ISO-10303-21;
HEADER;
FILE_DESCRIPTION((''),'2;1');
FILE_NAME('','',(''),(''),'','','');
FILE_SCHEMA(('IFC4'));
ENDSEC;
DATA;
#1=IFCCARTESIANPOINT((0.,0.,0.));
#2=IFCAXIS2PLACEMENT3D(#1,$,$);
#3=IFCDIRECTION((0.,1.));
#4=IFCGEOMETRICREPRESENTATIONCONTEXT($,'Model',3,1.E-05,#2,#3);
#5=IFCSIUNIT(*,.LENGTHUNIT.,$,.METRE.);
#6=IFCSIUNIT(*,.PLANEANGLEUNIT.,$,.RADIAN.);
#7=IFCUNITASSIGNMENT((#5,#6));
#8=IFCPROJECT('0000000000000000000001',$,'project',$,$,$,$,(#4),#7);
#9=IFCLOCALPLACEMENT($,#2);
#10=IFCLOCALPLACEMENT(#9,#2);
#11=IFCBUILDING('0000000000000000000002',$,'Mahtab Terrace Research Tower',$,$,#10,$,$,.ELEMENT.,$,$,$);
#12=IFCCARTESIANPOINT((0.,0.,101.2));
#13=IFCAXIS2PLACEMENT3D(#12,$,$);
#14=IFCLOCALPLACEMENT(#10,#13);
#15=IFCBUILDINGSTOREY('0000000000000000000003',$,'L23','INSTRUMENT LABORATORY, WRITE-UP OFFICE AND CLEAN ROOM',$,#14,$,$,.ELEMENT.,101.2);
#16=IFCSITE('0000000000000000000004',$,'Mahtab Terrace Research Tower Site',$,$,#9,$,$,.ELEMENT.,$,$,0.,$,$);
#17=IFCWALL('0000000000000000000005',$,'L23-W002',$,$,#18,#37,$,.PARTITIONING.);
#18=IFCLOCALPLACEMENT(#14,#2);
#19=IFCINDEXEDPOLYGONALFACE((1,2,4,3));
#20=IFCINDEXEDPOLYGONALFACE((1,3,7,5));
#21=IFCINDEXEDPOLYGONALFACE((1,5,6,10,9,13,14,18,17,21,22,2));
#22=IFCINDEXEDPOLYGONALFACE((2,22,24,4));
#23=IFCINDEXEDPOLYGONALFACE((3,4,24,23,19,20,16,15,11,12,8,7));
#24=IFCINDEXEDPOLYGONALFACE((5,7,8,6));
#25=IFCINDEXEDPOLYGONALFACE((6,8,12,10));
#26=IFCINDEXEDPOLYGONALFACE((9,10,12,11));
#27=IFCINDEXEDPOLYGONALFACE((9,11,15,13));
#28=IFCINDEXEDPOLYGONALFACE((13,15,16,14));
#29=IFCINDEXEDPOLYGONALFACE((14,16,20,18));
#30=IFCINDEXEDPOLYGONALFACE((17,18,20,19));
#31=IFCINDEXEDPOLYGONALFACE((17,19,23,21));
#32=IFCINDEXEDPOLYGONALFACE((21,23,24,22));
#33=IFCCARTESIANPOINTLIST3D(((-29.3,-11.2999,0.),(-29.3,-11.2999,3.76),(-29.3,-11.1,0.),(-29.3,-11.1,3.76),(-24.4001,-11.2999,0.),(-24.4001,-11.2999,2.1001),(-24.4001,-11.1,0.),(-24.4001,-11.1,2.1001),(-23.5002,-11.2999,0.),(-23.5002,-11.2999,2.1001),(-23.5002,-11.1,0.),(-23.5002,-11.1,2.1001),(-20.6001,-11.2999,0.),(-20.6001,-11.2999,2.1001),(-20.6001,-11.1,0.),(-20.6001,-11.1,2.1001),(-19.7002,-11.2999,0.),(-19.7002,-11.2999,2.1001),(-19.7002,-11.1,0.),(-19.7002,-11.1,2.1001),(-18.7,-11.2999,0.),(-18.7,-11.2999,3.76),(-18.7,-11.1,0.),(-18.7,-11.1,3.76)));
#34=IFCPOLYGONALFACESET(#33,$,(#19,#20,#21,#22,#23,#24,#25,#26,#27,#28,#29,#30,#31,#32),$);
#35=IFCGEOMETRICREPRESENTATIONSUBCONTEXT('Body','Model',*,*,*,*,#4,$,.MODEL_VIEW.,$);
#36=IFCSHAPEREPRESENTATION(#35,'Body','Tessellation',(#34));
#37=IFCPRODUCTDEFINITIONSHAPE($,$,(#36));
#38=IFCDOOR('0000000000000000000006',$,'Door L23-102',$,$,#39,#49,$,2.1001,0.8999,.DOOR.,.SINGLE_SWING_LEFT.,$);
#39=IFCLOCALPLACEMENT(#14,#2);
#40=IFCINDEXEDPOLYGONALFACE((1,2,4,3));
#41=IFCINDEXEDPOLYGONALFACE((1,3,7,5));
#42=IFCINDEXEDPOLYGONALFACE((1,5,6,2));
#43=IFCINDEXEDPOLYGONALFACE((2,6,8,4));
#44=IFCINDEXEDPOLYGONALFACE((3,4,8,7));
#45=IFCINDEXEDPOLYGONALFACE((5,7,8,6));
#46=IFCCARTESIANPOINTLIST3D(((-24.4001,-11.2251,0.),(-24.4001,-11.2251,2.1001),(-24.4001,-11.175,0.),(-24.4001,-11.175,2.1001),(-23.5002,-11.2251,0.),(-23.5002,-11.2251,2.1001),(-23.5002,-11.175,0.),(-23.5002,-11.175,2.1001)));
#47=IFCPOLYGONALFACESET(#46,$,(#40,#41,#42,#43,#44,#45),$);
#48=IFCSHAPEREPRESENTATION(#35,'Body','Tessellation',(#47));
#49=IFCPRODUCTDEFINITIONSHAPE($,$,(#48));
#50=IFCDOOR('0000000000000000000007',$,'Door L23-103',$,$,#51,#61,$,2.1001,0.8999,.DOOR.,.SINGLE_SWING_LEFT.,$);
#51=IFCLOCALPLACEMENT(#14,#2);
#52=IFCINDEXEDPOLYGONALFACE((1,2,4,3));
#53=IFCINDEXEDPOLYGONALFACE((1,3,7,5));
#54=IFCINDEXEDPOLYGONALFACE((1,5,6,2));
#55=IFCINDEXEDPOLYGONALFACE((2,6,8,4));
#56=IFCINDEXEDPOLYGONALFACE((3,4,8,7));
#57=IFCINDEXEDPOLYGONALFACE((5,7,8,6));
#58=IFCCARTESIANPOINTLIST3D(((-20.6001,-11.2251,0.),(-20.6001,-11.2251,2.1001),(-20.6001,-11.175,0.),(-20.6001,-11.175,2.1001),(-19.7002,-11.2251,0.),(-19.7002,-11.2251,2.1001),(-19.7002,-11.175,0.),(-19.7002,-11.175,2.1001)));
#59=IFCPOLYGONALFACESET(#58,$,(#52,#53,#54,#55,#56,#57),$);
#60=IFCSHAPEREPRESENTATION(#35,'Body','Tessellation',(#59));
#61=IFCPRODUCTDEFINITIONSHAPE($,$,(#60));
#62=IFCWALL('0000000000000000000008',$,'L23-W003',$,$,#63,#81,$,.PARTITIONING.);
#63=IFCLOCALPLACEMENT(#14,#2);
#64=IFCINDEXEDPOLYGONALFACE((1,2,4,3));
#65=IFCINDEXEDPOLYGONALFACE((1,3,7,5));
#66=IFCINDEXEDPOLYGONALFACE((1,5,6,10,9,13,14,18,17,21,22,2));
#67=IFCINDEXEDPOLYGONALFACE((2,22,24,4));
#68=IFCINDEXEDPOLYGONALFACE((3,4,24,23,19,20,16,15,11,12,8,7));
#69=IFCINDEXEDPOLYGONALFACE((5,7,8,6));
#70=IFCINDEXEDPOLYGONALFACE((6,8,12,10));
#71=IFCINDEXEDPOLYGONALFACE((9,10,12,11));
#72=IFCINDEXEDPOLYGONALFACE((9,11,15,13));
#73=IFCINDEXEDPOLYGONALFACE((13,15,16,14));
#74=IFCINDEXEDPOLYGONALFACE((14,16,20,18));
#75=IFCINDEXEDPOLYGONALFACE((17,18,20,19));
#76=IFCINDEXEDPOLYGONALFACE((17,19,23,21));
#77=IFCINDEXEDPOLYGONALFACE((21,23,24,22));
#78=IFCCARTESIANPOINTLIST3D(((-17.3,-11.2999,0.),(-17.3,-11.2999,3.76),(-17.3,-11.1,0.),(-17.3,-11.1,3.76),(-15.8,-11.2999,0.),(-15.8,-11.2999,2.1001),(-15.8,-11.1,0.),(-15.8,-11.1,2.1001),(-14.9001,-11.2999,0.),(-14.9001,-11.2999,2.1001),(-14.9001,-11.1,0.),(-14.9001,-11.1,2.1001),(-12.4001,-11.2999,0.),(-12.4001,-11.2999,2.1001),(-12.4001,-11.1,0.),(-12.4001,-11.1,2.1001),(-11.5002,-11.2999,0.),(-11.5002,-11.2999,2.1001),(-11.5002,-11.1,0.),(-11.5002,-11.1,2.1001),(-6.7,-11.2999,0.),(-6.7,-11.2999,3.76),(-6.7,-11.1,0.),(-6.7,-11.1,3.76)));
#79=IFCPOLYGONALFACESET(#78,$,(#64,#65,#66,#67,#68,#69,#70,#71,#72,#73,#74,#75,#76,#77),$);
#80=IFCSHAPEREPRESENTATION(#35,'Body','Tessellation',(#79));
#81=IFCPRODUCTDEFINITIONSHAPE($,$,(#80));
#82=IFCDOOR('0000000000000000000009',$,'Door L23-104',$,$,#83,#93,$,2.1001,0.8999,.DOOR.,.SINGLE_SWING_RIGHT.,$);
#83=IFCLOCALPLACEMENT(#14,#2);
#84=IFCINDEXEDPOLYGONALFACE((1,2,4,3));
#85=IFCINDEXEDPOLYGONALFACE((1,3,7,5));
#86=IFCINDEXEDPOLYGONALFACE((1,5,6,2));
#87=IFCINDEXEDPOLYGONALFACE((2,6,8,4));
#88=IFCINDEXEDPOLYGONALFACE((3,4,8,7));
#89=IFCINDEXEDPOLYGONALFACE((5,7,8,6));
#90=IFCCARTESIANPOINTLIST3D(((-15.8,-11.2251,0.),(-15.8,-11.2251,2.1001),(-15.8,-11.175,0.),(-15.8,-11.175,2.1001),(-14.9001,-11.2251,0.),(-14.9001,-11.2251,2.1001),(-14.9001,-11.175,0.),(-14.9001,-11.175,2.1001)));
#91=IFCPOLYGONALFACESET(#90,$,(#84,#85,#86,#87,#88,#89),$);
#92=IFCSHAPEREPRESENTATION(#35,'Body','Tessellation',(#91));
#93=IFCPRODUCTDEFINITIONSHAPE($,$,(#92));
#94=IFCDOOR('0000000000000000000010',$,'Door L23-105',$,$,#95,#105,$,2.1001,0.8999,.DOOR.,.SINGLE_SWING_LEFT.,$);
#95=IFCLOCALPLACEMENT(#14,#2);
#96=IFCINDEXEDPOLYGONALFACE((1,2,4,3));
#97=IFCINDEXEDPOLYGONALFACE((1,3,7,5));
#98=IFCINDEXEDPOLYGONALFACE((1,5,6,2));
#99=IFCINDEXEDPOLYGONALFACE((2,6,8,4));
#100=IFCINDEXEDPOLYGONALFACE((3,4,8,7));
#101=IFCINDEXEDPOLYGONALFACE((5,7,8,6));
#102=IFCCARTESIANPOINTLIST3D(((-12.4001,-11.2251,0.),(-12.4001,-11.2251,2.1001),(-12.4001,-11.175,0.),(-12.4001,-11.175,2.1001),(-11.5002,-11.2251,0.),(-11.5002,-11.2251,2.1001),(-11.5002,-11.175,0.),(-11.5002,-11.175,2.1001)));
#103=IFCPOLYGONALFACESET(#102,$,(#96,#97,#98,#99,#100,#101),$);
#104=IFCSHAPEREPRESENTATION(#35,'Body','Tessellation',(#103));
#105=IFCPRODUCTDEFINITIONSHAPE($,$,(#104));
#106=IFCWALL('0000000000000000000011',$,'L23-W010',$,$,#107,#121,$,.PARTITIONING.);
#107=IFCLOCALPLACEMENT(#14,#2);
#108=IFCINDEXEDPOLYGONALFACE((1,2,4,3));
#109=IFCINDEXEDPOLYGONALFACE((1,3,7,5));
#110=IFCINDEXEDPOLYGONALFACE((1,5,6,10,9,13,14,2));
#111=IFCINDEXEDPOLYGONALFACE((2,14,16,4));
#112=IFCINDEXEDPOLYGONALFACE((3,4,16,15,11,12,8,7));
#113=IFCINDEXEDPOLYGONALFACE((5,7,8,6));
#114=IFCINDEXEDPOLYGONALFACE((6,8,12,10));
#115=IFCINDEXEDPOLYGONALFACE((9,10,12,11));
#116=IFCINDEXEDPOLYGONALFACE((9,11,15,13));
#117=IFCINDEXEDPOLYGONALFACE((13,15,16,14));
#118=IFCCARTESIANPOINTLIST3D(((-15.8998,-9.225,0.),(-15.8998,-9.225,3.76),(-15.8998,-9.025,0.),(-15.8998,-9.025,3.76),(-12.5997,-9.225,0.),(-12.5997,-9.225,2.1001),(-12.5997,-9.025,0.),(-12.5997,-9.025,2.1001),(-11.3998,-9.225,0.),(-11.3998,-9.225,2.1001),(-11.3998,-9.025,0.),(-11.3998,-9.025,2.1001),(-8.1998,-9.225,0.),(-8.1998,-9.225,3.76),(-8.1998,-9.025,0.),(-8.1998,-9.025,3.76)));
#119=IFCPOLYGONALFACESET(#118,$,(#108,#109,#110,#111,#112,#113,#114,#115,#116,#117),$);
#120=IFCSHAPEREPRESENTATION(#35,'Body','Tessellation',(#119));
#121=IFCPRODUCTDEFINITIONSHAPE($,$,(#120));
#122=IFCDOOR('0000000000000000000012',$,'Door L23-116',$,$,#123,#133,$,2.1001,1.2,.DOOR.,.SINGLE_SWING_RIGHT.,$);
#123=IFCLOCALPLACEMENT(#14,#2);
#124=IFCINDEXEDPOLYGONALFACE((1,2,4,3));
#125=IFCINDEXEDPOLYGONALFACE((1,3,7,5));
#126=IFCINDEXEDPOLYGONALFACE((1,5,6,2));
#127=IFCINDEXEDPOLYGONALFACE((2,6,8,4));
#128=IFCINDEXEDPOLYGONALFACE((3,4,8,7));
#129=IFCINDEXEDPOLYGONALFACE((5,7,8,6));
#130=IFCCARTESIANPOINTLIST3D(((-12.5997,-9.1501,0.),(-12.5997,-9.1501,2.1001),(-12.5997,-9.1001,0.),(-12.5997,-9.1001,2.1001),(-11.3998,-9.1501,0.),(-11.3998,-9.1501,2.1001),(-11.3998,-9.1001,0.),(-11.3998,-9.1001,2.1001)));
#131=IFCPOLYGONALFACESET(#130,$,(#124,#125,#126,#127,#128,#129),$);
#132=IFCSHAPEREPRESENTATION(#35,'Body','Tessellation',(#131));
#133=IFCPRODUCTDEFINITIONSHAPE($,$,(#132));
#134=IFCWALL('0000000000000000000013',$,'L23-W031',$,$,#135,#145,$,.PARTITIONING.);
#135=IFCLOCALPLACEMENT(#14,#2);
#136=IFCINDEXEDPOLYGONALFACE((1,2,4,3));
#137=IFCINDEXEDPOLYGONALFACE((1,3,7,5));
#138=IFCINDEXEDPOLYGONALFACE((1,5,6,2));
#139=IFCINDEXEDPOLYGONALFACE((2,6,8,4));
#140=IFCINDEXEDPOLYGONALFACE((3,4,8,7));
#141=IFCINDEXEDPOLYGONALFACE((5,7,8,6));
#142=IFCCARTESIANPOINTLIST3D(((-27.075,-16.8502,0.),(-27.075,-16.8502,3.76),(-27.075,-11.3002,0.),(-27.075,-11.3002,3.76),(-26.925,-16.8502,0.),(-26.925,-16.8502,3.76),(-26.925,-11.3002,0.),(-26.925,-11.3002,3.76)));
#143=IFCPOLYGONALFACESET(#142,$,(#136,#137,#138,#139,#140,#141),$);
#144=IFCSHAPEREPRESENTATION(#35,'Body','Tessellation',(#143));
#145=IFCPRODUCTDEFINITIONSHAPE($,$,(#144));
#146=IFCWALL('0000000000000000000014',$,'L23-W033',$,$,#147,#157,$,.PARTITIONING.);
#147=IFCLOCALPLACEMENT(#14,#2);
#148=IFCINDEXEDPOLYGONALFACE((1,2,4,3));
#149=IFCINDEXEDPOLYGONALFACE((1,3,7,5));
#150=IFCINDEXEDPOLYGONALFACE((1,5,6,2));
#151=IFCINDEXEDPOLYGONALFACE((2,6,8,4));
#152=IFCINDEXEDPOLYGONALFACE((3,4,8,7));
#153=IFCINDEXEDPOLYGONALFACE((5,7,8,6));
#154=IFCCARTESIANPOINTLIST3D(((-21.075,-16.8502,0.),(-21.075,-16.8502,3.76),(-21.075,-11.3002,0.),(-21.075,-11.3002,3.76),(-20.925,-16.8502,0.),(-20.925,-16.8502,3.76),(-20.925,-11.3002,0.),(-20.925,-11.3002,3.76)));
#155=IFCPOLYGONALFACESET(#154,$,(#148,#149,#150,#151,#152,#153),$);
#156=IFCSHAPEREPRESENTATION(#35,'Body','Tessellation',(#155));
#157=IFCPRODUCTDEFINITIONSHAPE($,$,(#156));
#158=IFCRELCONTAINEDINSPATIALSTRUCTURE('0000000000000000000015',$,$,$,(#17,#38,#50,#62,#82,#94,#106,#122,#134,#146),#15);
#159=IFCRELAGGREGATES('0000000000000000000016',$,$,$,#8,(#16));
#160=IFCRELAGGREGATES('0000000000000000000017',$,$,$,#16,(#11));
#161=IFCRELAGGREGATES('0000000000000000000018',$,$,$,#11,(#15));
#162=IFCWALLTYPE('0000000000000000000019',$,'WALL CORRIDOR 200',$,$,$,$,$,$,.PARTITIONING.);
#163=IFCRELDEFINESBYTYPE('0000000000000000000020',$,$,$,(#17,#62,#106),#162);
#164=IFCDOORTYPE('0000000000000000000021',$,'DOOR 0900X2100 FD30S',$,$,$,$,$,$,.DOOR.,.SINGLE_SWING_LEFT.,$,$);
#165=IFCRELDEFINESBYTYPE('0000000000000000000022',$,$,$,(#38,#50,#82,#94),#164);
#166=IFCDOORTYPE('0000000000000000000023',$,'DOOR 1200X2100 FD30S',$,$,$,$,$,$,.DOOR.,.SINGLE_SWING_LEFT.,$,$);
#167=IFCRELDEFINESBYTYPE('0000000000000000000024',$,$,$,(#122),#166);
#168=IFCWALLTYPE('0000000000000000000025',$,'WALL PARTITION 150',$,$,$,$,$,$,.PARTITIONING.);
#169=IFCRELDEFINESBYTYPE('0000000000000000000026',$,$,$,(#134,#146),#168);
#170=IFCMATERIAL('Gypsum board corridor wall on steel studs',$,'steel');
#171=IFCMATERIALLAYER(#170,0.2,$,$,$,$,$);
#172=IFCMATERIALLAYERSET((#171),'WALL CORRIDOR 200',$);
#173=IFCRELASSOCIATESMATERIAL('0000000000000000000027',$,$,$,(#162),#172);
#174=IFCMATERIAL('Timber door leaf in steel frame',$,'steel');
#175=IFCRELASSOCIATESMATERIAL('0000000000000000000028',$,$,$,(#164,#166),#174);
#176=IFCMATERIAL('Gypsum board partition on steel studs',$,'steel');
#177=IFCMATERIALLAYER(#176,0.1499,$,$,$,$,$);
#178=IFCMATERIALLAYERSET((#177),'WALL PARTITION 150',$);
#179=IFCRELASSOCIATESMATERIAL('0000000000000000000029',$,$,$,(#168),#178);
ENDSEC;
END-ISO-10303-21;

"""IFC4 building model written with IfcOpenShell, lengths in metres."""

from ifc_helpers import new_model, si_unit, direction, frame, frame_2d, origin, place, context, subcontext, project, spatial, rectangle, extrude, material, layer, layer_set, type_object, element, fill, save


model = new_model("IFC4")

# Units and contexts
model_context = context("Model", 3, precision=1e-05, world=origin(), true_north=direction((0.0, 1.0)))
body_context = subcontext(model_context, "Body", "Model", "MODEL_VIEW")
ifc_project = project(units=[si_unit("LENGTHUNIT", "METRE"), si_unit("PLANEANGLEUNIT", "RADIAN")], contexts=[model_context])

# Site, building, storey
site_placement = place(None, origin())
site = spatial("IfcSite", under=ifc_project, at=site_placement, Name="Mahtab Terrace Research Tower Site", CompositionType="ELEMENT", RefElevation=0.0)
building_placement = place(site_placement, origin())
building = spatial("IfcBuilding", under=site, at=building_placement, Name="Mahtab Terrace Research Tower", CompositionType="ELEMENT")
storey_placement = place(building_placement, frame((0.0, 0.0, 101.2)))
storey = spatial("IfcBuildingStorey", under=building, at=storey_placement, Name="L23", Description="INSTRUMENT LABORATORY, WRITE-UP OFFICE AND CLEAN ROOM", CompositionType="ELEMENT", Elevation=101.2)

# Walls, openings, doors
ifc_material_1 = material(Name="Gypsum board corridor wall on steel studs", Category="steel")
ifc_layer_1 = layer(ifc_material_1, 0.2)
ifc_layer_set_1 = layer_set([ifc_layer_1], Name="WALL CORRIDOR 200")
wall_type_1 = type_object("IfcWallType", Name="WALL CORRIDOR 200", PredefinedType="PARTITIONING", material=ifc_layer_set_1)
wall_1_placement = place(storey_placement, frame((-29.3, -11.2, 0.0), z_axis=(0.0, 0.0, 1.0), x_axis=(1.0, 0.0, 0.0)))
wall_1 = element("IfcWall", 1, at=wall_1_placement, inside=storey, type_object=wall_type_1, Name="L23-W002", PredefinedType="PARTITIONING", context=body_context, shape_type="SweptSolid", body=[
    extrude(rectangle(XDim=10.6001, YDim=0.2, at=frame_2d((5.3, 0.0))), origin(), (0.0, 0.0, 1.0), 3.76),
])
opening_1_placement = place(wall_1_placement, frame((4.8999, 0.0, 0.0)))
opening_1 = element("IfcOpeningElement", 2, at=opening_1_placement, cuts=wall_1, PredefinedType="OPENING", context=body_context, shape_type="SweptSolid", body=[
    extrude(rectangle(XDim=0.8999, YDim=2.1001, at=frame_2d((0.45, 1.05))), frame((0.0, 0.1099, 0.0), z_axis=(0.0, -1.0, 0.0), x_axis=(1.0, 0.0, 0.0)), (0.0, 0.0, 1.0), 0.22),
])
opening_2_placement = place(wall_1_placement, frame((8.7, 0.0, 0.0)))
opening_2 = element("IfcOpeningElement", 3, at=opening_2_placement, cuts=wall_1, PredefinedType="OPENING", context=body_context, shape_type="SweptSolid", body=[
    extrude(rectangle(XDim=0.8999, YDim=2.1001, at=frame_2d((0.45, 1.05))), frame((0.0, 0.1099, 0.0), z_axis=(0.0, -1.0, 0.0), x_axis=(1.0, 0.0, 0.0)), (0.0, 0.0, 1.0), 0.22),
])
ifc_material_2 = material(Name="Timber door leaf in steel frame", Category="steel")
door_type_1 = type_object("IfcDoorType", Name="DOOR 0900X2100 FD30S", OperationType="SINGLE_SWING_LEFT", PredefinedType="DOOR", material=ifc_material_2)
door_1_placement = place(opening_1_placement, origin())
door_1 = element("IfcDoor", 4, at=door_1_placement, inside=storey, type_object=door_type_1, Name="Door L23-102", OperationType="SINGLE_SWING_LEFT", OverallHeight=2.1001, OverallWidth=0.8999, PredefinedType="DOOR", context=body_context, shape_type="SweptSolid", body=[
    extrude(rectangle(XDim=0.8999, YDim=2.1001, at=frame_2d((0.45, 1.05))), frame((0.0, 0.0249, 0.0), z_axis=(0.0, -1.0, 0.0), x_axis=(1.0, 0.0, 0.0)), (0.0, 0.0, 1.0), 0.05),
])
fill(opening_1, door_1)
door_2_placement = place(opening_2_placement, origin())
door_2 = element("IfcDoor", 5, at=door_2_placement, inside=storey, type_object=door_type_1, Name="Door L23-103", OperationType="SINGLE_SWING_LEFT", OverallHeight=2.1001, OverallWidth=0.8999, PredefinedType="DOOR", context=body_context, shape_type="SweptSolid", body=[
    extrude(rectangle(XDim=0.8999, YDim=2.1001, at=frame_2d((0.45, 1.05))), frame((0.0, 0.0249, 0.0), z_axis=(0.0, -1.0, 0.0), x_axis=(1.0, 0.0, 0.0)), (0.0, 0.0, 1.0), 0.05),
])
fill(opening_2, door_2)
wall_2_placement = place(storey_placement, frame((-17.3, -11.2, 0.0), z_axis=(0.0, 0.0, 1.0), x_axis=(1.0, 0.0, 0.0)))
wall_2 = element("IfcWall", 6, at=wall_2_placement, inside=storey, type_object=wall_type_1, Name="L23-W003", PredefinedType="PARTITIONING", context=body_context, shape_type="SweptSolid", body=[
    extrude(rectangle(XDim=10.6001, YDim=0.2, at=frame_2d((5.3, 0.0))), origin(), (0.0, 0.0, 1.0), 3.76),
])
opening_3_placement = place(wall_2_placement, frame((1.5, 0.0, 0.0)))
opening_3 = element("IfcOpeningElement", 7, at=opening_3_placement, cuts=wall_2, PredefinedType="OPENING", context=body_context, shape_type="SweptSolid", body=[
    extrude(rectangle(XDim=0.8999, YDim=2.1001, at=frame_2d((0.45, 1.05))), frame((0.0, 0.1099, 0.0), z_axis=(0.0, -1.0, 0.0), x_axis=(1.0, 0.0, 0.0)), (0.0, 0.0, 1.0), 0.22),
])
opening_4_placement = place(wall_2_placement, frame((4.8999, 0.0, 0.0)))
opening_4 = element("IfcOpeningElement", 8, at=opening_4_placement, cuts=wall_2, PredefinedType="OPENING", context=body_context, shape_type="SweptSolid", body=[
    extrude(rectangle(XDim=0.8999, YDim=2.1001, at=frame_2d((0.45, 1.05))), frame((0.0, 0.1099, 0.0), z_axis=(0.0, -1.0, 0.0), x_axis=(1.0, 0.0, 0.0)), (0.0, 0.0, 1.0), 0.22),
])
door_3_placement = place(opening_3_placement, origin())
door_3 = element("IfcDoor", 9, at=door_3_placement, inside=storey, type_object=door_type_1, Name="Door L23-104", OperationType="SINGLE_SWING_RIGHT", OverallHeight=2.1001, OverallWidth=0.8999, PredefinedType="DOOR", context=body_context, shape_type="SweptSolid", body=[
    extrude(rectangle(XDim=0.8999, YDim=2.1001, at=frame_2d((0.45, 1.05))), frame((0.0, 0.0249, 0.0), z_axis=(0.0, -1.0, 0.0), x_axis=(1.0, 0.0, 0.0)), (0.0, 0.0, 1.0), 0.05),
])
fill(opening_3, door_3)
door_4_placement = place(opening_4_placement, origin())
door_4 = element("IfcDoor", 10, at=door_4_placement, inside=storey, type_object=door_type_1, Name="Door L23-105", OperationType="SINGLE_SWING_LEFT", OverallHeight=2.1001, OverallWidth=0.8999, PredefinedType="DOOR", context=body_context, shape_type="SweptSolid", body=[
    extrude(rectangle(XDim=0.8999, YDim=2.1001, at=frame_2d((0.45, 1.05))), frame((0.0, 0.0249, 0.0), z_axis=(0.0, -1.0, 0.0), x_axis=(1.0, 0.0, 0.0)), (0.0, 0.0, 1.0), 0.05),
])
fill(opening_4, door_4)

# Wall, opening, door
wall_3_placement = place(storey_placement, frame((-15.8999, -9.125, 0.0), z_axis=(0.0, 0.0, 1.0), x_axis=(1.0, 0.0, 0.0)))
wall_3 = element("IfcWall", 11, at=wall_3_placement, inside=storey, type_object=wall_type_1, Name="L23-W010", PredefinedType="PARTITIONING", context=body_context, shape_type="SweptSolid", body=[
    extrude(rectangle(XDim=7.7, YDim=0.2, at=frame_2d((3.8501, 0.0))), origin(), (0.0, 0.0, 1.0), 3.76),
])
opening_5_placement = place(wall_3_placement, frame((3.3, 0.0, 0.0)))
opening_5 = element("IfcOpeningElement", 12, at=opening_5_placement, cuts=wall_3, PredefinedType="OPENING", context=body_context, shape_type="SweptSolid", body=[
    extrude(rectangle(XDim=1.2, YDim=2.1001, at=frame_2d((0.6001, 1.05))), frame((0.0, 0.1099, 0.0), z_axis=(0.0, -1.0, 0.0), x_axis=(1.0, 0.0, 0.0)), (0.0, 0.0, 1.0), 0.22),
])
door_type_2 = type_object("IfcDoorType", Name="DOOR 1200X2100 FD30S", OperationType="SINGLE_SWING_LEFT", PredefinedType="DOOR", material=ifc_material_2)
door_5_placement = place(opening_5_placement, origin())
door_5 = element("IfcDoor", 13, at=door_5_placement, inside=storey, type_object=door_type_2, Name="Door L23-116", OperationType="SINGLE_SWING_RIGHT", OverallHeight=2.1001, OverallWidth=1.2, PredefinedType="DOOR", context=body_context, shape_type="SweptSolid", body=[
    extrude(rectangle(XDim=1.2, YDim=2.1001, at=frame_2d((0.6001, 1.05))), frame((0.0, 0.0249, 0.0), z_axis=(0.0, -1.0, 0.0), x_axis=(1.0, 0.0, 0.0)), (0.0, 0.0, 1.0), 0.05),
])
fill(opening_5, door_5)

# Walls
ifc_material_3 = material(Name="Gypsum board partition on steel studs", Category="steel")
ifc_layer_2 = layer(ifc_material_3, 0.1499)
ifc_layer_set_2 = layer_set([ifc_layer_2], Name="WALL PARTITION 150")
wall_type_2 = type_object("IfcWallType", Name="WALL PARTITION 150", PredefinedType="PARTITIONING", material=ifc_layer_set_2)
for number, where, z_axis, x_axis, name in (
    (14, (-27.0, -16.8501, 0.0), (0.0, 0.0, 1.0), (0.0, 1.0, 0.0), "L23-W031"),
    (15, (-21.0, -16.8501, 0.0), (0.0, 0.0, 1.0), (0.0, 1.0, 0.0), "L23-W033"),
):
    element("IfcWall", number, at=place(storey_placement, frame(where, z_axis=z_axis, x_axis=x_axis)), inside=storey, type_object=wall_type_2, Name=name, PredefinedType="PARTITIONING", context=body_context, shape_type="SweptSolid", body=[
        extrude(rectangle(XDim=5.55, YDim=0.1499, at=frame_2d((2.7749, 0.0))), origin(), (0.0, 0.0, 1.0), 3.76),
    ])

save(model, "model.ifc")
